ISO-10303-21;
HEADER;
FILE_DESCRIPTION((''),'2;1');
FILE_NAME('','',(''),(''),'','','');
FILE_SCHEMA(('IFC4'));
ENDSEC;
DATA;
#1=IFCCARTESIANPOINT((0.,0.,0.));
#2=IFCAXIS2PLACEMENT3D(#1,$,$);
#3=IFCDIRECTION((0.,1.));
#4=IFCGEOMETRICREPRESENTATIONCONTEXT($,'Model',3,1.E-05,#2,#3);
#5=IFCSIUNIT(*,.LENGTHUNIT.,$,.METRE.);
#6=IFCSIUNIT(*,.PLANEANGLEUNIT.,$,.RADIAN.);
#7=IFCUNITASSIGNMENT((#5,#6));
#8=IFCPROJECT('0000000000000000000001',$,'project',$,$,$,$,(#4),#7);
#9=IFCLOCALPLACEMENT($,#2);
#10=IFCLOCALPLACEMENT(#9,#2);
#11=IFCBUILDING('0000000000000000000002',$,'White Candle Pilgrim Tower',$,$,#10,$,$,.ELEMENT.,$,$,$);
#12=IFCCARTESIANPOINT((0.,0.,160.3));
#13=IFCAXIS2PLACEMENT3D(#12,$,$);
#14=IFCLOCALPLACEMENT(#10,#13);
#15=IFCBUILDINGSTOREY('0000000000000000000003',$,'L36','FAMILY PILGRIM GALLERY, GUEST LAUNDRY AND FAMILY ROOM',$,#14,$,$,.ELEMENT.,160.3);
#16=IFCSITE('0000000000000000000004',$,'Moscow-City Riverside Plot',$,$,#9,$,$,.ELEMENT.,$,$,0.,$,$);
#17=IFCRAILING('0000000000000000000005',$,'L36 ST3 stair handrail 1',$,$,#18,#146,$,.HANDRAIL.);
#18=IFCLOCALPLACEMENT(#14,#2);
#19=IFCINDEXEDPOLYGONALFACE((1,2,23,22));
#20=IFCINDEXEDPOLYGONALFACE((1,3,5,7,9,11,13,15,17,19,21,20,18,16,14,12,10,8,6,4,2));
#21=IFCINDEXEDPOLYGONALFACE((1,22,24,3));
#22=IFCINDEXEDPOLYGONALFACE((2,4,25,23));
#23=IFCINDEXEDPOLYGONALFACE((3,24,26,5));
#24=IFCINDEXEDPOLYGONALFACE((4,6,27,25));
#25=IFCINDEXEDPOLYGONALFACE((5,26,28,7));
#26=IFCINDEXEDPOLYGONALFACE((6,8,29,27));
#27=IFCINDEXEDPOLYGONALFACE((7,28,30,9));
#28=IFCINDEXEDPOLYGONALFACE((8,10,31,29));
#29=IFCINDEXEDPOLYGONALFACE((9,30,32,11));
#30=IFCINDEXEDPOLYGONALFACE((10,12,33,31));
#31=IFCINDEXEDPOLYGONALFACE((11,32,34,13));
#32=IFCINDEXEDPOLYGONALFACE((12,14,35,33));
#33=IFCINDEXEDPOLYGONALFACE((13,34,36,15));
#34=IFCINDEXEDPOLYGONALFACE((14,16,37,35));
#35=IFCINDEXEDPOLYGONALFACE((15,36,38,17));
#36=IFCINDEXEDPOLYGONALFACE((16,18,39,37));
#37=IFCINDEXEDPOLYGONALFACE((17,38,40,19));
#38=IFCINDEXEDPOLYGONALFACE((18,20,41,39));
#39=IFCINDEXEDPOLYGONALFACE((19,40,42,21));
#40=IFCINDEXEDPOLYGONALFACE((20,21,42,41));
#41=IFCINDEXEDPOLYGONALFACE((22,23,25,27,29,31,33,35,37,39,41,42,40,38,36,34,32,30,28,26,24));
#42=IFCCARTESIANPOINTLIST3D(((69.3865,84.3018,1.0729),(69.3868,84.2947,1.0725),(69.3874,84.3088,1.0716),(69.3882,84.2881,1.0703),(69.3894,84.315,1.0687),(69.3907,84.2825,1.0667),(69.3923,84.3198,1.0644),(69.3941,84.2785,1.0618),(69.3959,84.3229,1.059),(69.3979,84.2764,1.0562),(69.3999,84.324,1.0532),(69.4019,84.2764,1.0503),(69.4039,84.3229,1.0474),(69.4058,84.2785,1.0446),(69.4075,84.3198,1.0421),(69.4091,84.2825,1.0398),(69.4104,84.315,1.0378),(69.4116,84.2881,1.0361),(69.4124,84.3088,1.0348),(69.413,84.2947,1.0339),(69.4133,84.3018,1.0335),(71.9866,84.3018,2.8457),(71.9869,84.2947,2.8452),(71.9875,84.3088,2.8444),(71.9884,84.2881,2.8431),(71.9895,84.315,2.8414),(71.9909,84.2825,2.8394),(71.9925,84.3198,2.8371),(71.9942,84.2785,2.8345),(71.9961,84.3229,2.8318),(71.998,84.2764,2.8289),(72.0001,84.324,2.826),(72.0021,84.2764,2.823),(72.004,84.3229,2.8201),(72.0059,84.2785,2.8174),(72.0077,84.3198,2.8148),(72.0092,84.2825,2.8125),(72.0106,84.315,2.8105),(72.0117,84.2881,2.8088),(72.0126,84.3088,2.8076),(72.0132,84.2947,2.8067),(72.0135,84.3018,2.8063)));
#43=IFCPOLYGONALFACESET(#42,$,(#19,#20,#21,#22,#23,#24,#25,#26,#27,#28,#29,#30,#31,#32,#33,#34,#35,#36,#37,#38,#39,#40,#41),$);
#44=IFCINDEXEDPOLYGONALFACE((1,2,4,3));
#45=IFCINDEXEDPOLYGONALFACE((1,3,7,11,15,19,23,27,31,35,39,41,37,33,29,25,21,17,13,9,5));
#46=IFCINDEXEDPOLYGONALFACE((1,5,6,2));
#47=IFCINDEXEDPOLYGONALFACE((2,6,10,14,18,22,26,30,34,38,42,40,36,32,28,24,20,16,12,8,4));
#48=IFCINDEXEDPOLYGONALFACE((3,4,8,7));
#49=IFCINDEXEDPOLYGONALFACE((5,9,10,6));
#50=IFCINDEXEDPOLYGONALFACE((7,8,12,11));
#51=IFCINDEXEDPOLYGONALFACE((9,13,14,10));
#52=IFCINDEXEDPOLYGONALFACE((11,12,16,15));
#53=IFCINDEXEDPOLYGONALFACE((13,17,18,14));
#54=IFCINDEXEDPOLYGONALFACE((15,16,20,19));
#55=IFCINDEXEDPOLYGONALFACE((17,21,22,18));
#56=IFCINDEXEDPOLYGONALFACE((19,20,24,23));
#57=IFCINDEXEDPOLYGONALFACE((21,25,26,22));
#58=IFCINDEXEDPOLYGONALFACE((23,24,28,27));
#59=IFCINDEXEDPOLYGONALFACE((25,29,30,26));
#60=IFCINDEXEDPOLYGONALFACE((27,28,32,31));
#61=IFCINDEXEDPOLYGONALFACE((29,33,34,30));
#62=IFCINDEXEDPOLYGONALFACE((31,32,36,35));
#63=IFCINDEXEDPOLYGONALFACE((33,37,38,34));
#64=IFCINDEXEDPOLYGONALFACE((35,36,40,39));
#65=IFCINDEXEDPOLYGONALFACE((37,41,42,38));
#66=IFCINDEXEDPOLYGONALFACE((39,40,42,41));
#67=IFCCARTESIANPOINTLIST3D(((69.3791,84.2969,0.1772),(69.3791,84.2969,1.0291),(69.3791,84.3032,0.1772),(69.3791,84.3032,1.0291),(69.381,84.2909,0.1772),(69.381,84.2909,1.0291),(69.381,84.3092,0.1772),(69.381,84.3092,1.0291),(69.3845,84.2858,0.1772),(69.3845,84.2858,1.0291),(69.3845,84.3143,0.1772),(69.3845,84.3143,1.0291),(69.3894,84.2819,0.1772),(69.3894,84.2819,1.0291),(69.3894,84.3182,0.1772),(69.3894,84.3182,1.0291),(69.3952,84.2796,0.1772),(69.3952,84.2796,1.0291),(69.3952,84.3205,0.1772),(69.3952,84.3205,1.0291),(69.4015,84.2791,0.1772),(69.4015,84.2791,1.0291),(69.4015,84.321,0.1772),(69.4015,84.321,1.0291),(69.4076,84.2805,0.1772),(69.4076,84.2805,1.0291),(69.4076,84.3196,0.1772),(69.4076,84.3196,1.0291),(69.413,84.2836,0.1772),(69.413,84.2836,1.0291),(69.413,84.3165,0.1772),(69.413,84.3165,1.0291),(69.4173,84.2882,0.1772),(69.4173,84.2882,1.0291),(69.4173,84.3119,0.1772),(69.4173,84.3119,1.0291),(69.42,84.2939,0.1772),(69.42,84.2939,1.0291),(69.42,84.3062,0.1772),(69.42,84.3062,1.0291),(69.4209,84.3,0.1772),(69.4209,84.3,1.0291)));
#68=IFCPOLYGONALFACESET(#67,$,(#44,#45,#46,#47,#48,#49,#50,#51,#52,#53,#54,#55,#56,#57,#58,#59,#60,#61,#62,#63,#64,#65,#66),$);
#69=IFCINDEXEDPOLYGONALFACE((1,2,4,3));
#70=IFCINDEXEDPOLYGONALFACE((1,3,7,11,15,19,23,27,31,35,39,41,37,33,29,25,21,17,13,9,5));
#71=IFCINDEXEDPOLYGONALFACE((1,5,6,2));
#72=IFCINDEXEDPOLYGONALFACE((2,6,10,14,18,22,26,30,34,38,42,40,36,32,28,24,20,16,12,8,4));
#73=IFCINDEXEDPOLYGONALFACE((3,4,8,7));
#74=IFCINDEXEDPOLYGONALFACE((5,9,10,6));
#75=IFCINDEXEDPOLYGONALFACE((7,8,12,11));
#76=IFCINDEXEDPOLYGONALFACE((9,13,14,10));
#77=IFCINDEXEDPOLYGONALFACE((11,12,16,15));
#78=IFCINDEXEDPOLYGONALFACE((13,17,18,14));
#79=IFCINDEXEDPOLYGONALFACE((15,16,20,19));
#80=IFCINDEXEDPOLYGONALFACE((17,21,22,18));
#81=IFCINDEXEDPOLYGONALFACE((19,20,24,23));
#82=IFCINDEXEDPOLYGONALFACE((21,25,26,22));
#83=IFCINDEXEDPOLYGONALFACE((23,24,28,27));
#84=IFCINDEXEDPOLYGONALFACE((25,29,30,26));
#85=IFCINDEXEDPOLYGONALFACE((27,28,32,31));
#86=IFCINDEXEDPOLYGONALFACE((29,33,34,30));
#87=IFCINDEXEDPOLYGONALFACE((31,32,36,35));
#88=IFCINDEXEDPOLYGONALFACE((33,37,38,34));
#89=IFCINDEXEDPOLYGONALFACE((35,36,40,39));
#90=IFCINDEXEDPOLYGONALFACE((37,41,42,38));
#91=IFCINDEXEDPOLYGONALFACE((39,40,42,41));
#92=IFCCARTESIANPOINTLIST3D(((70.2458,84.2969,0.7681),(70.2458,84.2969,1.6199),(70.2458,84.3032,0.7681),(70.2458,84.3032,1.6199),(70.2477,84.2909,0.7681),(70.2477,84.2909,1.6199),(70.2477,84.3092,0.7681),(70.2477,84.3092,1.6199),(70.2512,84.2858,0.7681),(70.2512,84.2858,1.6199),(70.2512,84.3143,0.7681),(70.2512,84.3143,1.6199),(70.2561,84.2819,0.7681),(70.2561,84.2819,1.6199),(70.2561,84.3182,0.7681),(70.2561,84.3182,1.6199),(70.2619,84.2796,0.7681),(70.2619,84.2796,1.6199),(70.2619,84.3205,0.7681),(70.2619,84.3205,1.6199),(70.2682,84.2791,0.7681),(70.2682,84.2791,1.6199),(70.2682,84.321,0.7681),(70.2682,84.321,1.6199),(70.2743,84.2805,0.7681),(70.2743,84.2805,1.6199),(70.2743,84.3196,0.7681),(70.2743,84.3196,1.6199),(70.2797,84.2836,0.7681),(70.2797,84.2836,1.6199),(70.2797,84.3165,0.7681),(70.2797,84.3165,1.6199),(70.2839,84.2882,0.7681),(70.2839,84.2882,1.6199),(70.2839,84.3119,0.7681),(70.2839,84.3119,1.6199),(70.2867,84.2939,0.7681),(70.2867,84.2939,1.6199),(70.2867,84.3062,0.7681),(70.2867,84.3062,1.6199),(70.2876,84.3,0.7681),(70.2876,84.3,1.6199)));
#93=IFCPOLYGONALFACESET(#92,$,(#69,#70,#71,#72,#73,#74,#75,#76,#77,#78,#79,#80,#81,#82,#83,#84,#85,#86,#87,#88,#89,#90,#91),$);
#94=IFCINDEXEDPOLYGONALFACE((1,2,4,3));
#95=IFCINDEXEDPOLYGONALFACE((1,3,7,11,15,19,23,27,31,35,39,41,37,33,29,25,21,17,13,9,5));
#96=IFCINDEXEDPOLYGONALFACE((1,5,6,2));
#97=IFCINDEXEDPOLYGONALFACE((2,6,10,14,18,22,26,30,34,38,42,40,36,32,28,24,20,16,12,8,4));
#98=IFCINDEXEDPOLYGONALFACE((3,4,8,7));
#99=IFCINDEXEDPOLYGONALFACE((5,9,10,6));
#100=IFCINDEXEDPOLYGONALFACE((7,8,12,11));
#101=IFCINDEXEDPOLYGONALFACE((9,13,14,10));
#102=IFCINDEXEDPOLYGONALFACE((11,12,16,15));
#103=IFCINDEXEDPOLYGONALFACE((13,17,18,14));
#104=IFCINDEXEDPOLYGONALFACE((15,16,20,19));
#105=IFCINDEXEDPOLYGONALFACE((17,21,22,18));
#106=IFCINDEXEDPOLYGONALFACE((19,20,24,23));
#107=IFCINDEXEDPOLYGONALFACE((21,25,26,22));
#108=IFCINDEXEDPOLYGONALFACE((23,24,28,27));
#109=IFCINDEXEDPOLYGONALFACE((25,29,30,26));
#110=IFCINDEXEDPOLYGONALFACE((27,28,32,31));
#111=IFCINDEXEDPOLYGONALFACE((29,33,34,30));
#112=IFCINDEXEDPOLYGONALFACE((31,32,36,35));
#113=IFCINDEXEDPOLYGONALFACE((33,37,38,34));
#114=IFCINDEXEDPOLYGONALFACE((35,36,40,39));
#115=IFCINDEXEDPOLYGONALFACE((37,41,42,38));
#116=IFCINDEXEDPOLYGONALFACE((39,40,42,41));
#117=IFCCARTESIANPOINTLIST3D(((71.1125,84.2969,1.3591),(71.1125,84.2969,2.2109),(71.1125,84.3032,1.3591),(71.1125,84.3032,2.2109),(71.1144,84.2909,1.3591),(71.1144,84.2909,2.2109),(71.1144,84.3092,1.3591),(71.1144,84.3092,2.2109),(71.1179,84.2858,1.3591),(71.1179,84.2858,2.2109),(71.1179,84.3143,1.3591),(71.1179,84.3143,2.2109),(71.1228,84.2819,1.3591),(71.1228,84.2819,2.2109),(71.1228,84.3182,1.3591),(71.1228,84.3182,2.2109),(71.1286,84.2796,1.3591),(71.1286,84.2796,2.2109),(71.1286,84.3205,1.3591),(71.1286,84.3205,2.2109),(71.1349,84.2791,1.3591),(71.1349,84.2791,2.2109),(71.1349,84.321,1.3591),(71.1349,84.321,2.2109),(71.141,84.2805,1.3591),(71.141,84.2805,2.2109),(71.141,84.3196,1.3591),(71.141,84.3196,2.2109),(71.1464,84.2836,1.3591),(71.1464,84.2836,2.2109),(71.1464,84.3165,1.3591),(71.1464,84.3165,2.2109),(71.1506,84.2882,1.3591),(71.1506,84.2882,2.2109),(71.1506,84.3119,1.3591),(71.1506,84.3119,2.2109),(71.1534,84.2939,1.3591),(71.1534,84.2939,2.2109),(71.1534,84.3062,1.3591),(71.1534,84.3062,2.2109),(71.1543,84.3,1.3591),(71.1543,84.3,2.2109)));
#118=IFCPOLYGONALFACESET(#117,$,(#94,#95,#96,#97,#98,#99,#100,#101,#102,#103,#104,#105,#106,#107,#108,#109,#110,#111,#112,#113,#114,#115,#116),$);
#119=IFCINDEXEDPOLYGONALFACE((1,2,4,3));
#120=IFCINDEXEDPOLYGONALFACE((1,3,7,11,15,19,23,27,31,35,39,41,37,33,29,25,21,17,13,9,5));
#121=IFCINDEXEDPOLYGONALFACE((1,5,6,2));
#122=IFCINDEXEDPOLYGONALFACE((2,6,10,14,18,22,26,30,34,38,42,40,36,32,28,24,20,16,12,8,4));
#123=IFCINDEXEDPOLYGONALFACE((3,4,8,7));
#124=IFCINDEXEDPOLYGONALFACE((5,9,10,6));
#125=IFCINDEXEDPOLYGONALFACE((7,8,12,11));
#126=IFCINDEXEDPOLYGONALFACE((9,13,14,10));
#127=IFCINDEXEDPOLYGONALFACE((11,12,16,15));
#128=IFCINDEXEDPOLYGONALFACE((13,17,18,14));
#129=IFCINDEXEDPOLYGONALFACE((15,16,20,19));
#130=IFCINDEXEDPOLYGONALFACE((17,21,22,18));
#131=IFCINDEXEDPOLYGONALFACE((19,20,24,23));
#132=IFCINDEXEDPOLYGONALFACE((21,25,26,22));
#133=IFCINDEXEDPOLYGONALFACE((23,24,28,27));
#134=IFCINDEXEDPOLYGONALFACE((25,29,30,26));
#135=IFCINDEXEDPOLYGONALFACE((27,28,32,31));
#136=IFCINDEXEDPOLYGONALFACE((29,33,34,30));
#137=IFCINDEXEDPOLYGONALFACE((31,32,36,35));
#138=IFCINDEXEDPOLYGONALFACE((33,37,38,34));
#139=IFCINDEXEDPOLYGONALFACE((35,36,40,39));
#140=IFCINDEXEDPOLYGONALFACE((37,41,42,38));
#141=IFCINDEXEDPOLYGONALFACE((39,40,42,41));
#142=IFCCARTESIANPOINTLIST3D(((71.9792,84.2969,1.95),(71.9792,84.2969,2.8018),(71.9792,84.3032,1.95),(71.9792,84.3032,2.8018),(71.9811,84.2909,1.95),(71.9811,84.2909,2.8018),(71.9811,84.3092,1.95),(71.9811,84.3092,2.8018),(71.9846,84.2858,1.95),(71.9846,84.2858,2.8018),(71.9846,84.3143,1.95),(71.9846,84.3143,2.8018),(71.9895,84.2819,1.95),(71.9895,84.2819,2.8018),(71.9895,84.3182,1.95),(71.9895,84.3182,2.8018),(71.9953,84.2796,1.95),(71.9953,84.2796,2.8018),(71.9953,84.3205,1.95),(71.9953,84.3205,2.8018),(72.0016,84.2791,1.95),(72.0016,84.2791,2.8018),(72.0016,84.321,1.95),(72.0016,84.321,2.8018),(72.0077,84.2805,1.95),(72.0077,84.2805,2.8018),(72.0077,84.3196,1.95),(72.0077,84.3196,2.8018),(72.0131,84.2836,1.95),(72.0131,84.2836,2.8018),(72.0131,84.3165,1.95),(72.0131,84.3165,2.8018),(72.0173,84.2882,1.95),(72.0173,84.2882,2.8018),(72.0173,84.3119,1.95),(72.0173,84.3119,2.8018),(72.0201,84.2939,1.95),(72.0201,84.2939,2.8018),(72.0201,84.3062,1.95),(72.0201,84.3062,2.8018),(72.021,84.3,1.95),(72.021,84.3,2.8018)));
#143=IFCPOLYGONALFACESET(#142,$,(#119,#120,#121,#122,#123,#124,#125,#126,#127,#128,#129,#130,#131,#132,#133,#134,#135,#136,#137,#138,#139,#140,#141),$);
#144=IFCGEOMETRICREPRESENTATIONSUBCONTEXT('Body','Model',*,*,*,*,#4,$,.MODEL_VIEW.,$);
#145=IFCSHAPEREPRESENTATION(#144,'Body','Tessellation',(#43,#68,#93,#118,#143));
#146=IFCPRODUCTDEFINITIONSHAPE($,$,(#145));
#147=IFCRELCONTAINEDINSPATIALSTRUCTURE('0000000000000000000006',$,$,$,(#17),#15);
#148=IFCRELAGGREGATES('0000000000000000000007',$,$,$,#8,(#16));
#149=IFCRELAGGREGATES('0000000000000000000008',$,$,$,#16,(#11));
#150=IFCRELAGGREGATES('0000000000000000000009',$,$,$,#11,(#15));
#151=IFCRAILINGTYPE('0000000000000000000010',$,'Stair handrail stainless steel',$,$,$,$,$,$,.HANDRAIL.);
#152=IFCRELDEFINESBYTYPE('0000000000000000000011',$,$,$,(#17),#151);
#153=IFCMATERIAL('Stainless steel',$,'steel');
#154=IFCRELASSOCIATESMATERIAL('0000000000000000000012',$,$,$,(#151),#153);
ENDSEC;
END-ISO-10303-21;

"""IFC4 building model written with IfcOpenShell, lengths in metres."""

from ifc_helpers import new_model, si_unit, direction, frame, origin, origin_2d, place, context, subcontext, project, spatial, circle, extrude, material, type_object, element, save


model = new_model("IFC4")

# Units and contexts
model_context = context("Model", 3, precision=1e-05, world=origin(), true_north=direction((0.0, 1.0)))
body_context = subcontext(model_context, "Body", "Model", "MODEL_VIEW")
ifc_project = project(units=[si_unit("LENGTHUNIT", "METRE"), si_unit("PLANEANGLEUNIT", "RADIAN")], contexts=[model_context])

# Site, building, storey
site_placement = place(None, origin())
site = spatial("IfcSite", under=ifc_project, at=site_placement, Name="Moscow-City Riverside Plot", CompositionType="ELEMENT", RefElevation=0.0)
building_placement = place(site_placement, origin())
building = spatial("IfcBuilding", under=site, at=building_placement, Name="White Candle Pilgrim Tower", CompositionType="ELEMENT")
storey_placement = place(building_placement, frame((0.0, 0.0, 160.3)))
storey = spatial("IfcBuildingStorey", under=building, at=storey_placement, Name="L36", Description="FAMILY PILGRIM GALLERY, GUEST LAUNDRY AND FAMILY ROOM", CompositionType="ELEMENT", Elevation=160.3)

# Railing
ifc_material_1 = material(Name="Stainless steel", Category="steel")
railing_type_1 = type_object("IfcRailingType", Name="Stair handrail stainless steel", PredefinedType="HANDRAIL", material=ifc_material_1)
railing_1_placement = place(storey_placement, frame((69.3999, 84.3, 0.1772)))
element("IfcRailing", 1, at=railing_1_placement, inside=storey, type_object=railing_type_1, Name="L36 ST3 stair handrail 1", PredefinedType="HANDRAIL", context=body_context, shape_type="SweptSolid", body=[
    extrude(circle(Radius=0.0239, at=origin_2d()), frame((0.0, 0.0, 0.876), z_axis=(0.82624, 0.0, 0.563318), x_axis=(0.0, 1.0, 0.0)), (0.0, 0.0, 1.0), 3.147),
    extrude(circle(Radius=0.021, at=origin_2d()), origin(), (0.0, 0.0, 1.0), 0.8518),
    extrude(circle(Radius=0.021, at=origin_2d()), frame((0.8667, 0.0, 0.5908)), (0.0, 0.0, 1.0), 0.8518),
    extrude(circle(Radius=0.021, at=origin_2d()), frame((1.7334, 0.0, 1.1819)), (0.0, 0.0, 1.0), 0.8518),
    extrude(circle(Radius=0.021, at=origin_2d()), frame((2.6001, 0.0, 1.7727)), (0.0, 0.0, 1.0), 0.8518),
])

save(model, "model.ifc")
